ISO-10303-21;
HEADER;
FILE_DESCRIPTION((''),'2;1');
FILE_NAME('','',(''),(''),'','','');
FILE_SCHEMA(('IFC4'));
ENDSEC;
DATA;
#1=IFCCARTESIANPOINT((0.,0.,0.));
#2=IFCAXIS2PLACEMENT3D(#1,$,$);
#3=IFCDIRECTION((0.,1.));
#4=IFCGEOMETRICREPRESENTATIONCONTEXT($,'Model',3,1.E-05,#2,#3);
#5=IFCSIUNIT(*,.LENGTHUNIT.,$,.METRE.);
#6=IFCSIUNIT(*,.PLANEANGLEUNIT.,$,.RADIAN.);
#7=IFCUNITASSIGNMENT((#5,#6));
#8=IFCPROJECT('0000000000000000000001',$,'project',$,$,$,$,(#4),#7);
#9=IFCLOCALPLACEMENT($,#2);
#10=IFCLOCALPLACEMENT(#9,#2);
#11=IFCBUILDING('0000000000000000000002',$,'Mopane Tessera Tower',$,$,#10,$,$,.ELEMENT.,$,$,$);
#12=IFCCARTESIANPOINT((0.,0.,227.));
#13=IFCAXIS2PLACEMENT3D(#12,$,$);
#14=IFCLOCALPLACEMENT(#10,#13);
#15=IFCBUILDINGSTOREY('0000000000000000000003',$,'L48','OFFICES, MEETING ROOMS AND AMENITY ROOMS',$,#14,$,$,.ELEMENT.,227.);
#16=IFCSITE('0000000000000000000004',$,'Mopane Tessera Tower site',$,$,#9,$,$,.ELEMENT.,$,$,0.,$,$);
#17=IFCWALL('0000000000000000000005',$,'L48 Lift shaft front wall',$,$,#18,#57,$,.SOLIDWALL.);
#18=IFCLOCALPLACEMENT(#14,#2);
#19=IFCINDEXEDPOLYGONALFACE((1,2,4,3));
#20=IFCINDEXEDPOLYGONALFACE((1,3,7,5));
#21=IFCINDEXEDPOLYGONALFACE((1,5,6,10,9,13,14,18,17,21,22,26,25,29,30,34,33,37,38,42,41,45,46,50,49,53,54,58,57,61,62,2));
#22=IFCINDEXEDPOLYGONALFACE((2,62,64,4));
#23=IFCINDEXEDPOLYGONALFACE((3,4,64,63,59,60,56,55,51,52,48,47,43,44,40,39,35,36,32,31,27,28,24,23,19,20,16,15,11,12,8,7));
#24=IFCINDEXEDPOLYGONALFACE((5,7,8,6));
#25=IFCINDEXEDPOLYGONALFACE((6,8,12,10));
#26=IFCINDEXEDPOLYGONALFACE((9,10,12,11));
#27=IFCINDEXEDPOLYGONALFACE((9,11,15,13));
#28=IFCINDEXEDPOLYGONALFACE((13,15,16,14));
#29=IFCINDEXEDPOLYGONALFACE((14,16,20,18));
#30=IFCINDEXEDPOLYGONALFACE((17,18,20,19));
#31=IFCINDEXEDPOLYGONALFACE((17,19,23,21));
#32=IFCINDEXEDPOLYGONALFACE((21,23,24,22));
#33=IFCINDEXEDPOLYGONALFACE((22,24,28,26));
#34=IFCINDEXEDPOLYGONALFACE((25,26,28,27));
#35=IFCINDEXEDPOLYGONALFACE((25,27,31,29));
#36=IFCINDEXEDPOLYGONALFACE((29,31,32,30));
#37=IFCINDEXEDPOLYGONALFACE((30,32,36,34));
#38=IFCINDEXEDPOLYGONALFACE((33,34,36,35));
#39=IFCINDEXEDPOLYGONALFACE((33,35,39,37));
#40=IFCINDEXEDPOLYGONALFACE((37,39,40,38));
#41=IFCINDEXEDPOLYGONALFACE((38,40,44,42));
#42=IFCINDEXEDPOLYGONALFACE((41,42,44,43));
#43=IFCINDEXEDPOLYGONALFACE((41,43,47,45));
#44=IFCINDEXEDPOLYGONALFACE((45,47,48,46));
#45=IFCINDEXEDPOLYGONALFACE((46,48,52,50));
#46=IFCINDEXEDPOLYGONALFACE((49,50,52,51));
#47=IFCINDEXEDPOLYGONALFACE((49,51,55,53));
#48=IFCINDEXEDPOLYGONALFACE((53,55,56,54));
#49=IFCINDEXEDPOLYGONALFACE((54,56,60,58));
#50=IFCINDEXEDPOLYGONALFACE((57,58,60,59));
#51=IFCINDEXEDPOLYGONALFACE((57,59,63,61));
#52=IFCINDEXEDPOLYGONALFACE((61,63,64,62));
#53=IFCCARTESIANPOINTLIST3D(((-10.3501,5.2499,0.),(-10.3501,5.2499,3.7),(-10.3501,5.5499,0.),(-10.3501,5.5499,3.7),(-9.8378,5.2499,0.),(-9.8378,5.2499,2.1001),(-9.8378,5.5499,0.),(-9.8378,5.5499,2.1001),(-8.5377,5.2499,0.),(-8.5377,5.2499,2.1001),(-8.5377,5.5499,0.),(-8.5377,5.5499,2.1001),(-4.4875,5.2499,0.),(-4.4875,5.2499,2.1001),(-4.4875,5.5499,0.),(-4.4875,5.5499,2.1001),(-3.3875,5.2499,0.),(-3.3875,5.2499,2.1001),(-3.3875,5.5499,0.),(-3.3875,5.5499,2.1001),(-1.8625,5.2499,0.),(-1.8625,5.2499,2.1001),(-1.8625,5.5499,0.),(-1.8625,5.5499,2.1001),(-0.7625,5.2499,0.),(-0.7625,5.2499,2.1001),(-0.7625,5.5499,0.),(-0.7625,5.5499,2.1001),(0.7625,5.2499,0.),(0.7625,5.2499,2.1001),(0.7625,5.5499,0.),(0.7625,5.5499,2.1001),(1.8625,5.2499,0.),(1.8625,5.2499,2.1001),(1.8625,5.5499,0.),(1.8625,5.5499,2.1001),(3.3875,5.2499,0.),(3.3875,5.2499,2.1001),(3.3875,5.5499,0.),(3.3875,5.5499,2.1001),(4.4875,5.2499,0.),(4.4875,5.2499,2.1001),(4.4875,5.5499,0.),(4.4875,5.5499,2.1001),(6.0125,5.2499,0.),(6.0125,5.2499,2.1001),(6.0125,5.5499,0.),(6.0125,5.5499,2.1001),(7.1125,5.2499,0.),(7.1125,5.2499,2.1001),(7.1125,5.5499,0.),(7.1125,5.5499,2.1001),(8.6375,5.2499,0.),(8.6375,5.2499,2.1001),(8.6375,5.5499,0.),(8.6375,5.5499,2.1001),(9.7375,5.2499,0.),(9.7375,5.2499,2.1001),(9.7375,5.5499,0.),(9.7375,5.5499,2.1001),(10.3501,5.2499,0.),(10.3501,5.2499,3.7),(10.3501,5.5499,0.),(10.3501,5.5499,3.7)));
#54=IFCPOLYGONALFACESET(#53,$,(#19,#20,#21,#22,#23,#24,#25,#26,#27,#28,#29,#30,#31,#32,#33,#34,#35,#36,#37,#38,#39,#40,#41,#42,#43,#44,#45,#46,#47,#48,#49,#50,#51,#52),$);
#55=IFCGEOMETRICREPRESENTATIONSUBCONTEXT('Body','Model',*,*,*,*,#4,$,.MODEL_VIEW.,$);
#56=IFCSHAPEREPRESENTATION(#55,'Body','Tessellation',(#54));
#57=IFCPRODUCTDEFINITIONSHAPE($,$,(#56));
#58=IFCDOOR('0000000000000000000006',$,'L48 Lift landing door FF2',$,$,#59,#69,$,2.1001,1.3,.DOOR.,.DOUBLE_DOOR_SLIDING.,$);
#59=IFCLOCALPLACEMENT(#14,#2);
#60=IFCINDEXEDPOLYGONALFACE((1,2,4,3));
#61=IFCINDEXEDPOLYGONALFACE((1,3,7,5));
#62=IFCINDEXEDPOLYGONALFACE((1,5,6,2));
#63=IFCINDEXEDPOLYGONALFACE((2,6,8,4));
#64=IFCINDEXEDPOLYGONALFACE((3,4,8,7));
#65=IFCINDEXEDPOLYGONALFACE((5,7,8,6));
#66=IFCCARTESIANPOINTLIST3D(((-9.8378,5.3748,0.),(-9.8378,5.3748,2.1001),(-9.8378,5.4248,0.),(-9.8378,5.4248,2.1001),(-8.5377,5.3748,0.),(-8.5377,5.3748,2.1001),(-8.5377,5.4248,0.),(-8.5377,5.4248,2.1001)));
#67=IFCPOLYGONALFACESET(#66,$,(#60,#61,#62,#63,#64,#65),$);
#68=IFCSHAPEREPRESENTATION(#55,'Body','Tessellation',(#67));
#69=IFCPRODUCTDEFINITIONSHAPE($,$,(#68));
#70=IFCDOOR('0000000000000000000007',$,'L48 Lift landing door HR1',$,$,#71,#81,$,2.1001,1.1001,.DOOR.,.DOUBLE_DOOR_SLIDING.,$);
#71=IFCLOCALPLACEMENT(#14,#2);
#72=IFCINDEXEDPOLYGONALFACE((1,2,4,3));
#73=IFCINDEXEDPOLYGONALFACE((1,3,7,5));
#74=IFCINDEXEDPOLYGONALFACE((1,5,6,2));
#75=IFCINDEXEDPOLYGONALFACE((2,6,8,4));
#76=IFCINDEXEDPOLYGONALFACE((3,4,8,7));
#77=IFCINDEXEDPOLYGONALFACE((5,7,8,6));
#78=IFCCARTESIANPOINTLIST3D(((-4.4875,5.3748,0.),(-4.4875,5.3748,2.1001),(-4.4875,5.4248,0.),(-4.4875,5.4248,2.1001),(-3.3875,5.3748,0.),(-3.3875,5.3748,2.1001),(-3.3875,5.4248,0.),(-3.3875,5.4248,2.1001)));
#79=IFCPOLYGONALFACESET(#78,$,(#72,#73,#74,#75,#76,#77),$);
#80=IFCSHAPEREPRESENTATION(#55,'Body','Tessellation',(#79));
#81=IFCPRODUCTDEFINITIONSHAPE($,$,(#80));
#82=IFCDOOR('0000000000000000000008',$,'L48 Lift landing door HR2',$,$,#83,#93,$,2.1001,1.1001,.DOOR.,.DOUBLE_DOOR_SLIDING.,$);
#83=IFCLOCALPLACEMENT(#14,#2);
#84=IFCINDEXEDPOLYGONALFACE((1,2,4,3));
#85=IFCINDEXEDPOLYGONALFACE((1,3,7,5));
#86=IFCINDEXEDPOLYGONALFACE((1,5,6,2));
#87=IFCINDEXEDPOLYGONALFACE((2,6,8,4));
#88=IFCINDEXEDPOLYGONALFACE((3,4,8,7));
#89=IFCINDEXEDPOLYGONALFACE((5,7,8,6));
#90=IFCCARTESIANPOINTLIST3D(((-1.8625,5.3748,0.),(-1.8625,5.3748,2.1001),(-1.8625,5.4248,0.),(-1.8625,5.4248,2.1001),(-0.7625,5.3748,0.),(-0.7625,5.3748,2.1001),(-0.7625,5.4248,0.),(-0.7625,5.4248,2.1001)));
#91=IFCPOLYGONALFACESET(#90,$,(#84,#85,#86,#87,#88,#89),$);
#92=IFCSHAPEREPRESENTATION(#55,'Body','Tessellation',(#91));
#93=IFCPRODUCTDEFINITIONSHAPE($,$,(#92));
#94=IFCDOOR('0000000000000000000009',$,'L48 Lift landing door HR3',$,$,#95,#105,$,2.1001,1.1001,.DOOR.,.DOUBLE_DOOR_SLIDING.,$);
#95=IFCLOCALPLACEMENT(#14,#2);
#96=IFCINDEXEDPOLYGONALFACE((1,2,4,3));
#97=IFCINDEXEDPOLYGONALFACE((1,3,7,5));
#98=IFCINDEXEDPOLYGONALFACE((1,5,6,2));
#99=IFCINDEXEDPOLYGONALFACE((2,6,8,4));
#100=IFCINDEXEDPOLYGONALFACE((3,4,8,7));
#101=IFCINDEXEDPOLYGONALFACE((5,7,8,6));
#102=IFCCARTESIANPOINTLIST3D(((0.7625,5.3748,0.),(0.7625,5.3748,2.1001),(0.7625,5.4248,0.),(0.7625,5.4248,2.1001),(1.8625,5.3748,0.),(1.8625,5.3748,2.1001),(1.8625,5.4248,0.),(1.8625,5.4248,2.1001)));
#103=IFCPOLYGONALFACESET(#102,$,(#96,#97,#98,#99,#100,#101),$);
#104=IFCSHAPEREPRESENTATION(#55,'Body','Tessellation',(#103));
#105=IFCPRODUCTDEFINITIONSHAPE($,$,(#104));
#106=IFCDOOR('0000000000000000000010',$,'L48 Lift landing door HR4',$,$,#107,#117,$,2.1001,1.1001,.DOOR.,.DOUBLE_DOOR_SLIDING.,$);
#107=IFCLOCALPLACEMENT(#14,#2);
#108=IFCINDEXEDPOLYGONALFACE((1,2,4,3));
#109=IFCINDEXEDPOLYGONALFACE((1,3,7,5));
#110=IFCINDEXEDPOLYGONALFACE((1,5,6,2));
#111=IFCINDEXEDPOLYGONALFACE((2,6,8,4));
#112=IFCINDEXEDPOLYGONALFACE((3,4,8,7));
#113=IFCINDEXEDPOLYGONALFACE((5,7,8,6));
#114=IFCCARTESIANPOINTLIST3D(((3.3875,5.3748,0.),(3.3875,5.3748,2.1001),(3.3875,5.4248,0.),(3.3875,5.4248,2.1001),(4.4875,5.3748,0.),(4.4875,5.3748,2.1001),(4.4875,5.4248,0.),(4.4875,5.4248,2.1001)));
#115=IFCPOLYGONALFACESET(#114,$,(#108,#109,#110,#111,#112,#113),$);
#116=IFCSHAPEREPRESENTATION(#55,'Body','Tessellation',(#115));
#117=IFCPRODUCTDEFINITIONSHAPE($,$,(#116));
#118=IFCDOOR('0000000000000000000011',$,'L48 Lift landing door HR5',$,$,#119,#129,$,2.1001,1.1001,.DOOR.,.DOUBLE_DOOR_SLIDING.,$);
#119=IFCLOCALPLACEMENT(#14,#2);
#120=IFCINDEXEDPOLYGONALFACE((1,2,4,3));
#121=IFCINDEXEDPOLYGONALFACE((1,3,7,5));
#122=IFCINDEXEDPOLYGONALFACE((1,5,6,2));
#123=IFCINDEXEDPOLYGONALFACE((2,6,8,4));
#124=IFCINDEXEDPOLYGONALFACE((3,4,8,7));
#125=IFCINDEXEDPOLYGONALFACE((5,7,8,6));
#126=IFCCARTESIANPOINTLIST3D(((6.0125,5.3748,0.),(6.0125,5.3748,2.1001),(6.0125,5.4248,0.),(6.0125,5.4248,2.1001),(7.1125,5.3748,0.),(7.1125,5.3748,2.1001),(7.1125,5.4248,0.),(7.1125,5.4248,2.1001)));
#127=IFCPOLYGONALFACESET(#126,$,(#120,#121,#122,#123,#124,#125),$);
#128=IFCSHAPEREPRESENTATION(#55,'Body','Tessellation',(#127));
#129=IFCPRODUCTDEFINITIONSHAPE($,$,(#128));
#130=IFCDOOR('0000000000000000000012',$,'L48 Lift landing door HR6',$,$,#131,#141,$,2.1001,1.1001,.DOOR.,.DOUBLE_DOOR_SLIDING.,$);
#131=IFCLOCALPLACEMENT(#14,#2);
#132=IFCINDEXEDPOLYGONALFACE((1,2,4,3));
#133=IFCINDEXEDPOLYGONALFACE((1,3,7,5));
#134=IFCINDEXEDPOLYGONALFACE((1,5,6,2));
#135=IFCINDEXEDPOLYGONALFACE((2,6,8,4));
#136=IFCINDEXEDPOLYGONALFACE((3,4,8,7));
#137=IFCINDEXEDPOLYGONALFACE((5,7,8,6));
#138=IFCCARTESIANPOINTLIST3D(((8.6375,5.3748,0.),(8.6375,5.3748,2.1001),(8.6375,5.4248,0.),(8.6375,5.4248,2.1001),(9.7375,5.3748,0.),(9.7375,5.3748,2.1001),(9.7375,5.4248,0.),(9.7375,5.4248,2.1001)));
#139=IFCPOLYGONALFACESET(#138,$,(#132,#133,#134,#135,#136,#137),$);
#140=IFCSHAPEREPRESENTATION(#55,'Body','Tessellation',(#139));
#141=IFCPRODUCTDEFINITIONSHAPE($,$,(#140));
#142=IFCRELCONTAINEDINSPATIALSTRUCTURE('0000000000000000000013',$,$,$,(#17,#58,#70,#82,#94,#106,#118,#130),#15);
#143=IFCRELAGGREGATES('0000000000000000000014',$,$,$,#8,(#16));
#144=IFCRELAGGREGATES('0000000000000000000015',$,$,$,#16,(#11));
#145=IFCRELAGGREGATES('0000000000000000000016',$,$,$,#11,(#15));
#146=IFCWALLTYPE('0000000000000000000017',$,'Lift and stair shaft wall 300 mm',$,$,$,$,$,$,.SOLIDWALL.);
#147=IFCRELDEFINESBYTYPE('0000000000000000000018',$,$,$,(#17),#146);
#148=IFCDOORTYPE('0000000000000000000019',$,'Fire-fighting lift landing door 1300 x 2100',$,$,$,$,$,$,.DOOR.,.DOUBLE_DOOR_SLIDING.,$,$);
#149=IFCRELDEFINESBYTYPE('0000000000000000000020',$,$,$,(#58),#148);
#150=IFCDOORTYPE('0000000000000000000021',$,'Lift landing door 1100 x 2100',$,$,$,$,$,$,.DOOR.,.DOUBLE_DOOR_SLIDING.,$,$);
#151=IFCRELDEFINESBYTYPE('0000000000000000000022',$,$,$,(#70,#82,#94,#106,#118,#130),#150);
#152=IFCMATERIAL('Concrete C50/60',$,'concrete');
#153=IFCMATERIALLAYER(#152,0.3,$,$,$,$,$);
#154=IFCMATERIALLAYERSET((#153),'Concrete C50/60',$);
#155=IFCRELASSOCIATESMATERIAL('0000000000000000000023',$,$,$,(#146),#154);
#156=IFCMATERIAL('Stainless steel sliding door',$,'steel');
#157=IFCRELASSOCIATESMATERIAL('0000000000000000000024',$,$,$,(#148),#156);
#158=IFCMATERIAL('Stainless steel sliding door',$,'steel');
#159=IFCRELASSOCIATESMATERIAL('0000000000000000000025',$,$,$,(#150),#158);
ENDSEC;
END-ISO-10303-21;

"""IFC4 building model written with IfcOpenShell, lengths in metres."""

from ifc_helpers import new_model, si_unit, direction, frame, frame_2d, origin, place, context, subcontext, project, spatial, rectangle, extrude, material, layer, layer_set, type_object, element, fill, save


model = new_model("IFC4")

# Units and contexts
model_context = context("Model", 3, precision=1e-05, world=origin(), true_north=direction((0.0, 1.0)))
body_context = subcontext(model_context, "Body", "Model", "MODEL_VIEW")
ifc_project = project(units=[si_unit("LENGTHUNIT", "METRE"), si_unit("PLANEANGLEUNIT", "RADIAN")], contexts=[model_context])

# Site, building, storey
site_placement = place(None, origin())
site = spatial("IfcSite", under=ifc_project, at=site_placement, Name="Mopane Tessera Tower site", CompositionType="ELEMENT", RefElevation=0.0)
building_placement = place(site_placement, origin())
building = spatial("IfcBuilding", under=site, at=building_placement, Name="Mopane Tessera Tower", CompositionType="ELEMENT")
storey_placement = place(building_placement, frame((0.0, 0.0, 227.0)))
storey = spatial("IfcBuildingStorey", under=building, at=storey_placement, Name="L48", Description="OFFICES, MEETING ROOMS AND AMENITY ROOMS", CompositionType="ELEMENT", Elevation=227.0)

# Wall, openings, doors
ifc_material_1 = material(Name="Concrete C50/60", Category="concrete")
ifc_layer_1 = layer(ifc_material_1, 0.3)
ifc_layer_set_1 = layer_set([ifc_layer_1], Name="Concrete C50/60")
wall_type_1 = type_object("IfcWallType", Name="Lift and stair shaft wall 300 mm", PredefinedType="SOLIDWALL", material=ifc_layer_set_1)
ifc_material_2 = material(Name="Stainless steel sliding door", Category="steel")
door_type_1 = type_object("IfcDoorType", Name="Fire-fighting lift landing door 1300 x 2100", OperationType="DOUBLE_DOOR_SLIDING", PredefinedType="DOOR", material=ifc_material_2)
wall_1_placement = place(storey_placement, frame((-10.3501, 5.3999, 0.0), z_axis=(0.0, 0.0, 1.0), x_axis=(1.0, 0.0, 0.0)))
wall_1 = element("IfcWall", 1, at=wall_1_placement, inside=storey, type_object=wall_type_1, Name="L48 Lift shaft front wall", PredefinedType="SOLIDWALL", context=body_context, shape_type="SweptSolid", body=[
    extrude(rectangle(XDim=20.7002, YDim=0.3, at=frame_2d((10.3501, 0.0))), origin(), (0.0, 0.0, 1.0), 3.7),
])
opening_1_placement = place(wall_1_placement, frame((0.5125, 0.0, 0.0)))
opening_1 = element("IfcOpeningElement", 2, at=opening_1_placement, cuts=wall_1, PredefinedType="OPENING", context=body_context, shape_type="SweptSolid", body=[
    extrude(rectangle(XDim=1.3, YDim=2.1001, at=frame_2d((0.6499, 1.05))), frame((0.0, 0.1621, 0.0), z_axis=(0.0, -1.0, 0.0), x_axis=(1.0, 0.0, 0.0)), (0.0, 0.0, 1.0), 0.324),
])
opening_2_placement = place(wall_1_placement, frame((5.8625, 0.0, 0.0)))
opening_2 = element("IfcOpeningElement", 3, at=opening_2_placement, cuts=wall_1, PredefinedType="OPENING", context=body_context, shape_type="SweptSolid", body=[
    extrude(rectangle(XDim=1.1001, YDim=2.1001, at=frame_2d((0.55, 1.05))), frame((0.0, 0.1621, 0.0), z_axis=(0.0, -1.0, 0.0), x_axis=(1.0, 0.0, 0.0)), (0.0, 0.0, 1.0), 0.324),
])
opening_3_placement = place(wall_1_placement, frame((8.4875, 0.0, 0.0)))
opening_3 = element("IfcOpeningElement", 4, at=opening_3_placement, cuts=wall_1, PredefinedType="OPENING", context=body_context, shape_type="SweptSolid", body=[
    extrude(rectangle(XDim=1.1001, YDim=2.1001, at=frame_2d((0.55, 1.05))), frame((0.0, 0.1621, 0.0), z_axis=(0.0, -1.0, 0.0), x_axis=(1.0, 0.0, 0.0)), (0.0, 0.0, 1.0), 0.324),
])
opening_4_placement = place(wall_1_placement, frame((11.1125, 0.0, 0.0)))
opening_4 = element("IfcOpeningElement", 5, at=opening_4_placement, cuts=wall_1, PredefinedType="OPENING", context=body_context, shape_type="SweptSolid", body=[
    extrude(rectangle(XDim=1.1001, YDim=2.1001, at=frame_2d((0.55, 1.05))), frame((0.0, 0.1621, 0.0), z_axis=(0.0, -1.0, 0.0), x_axis=(1.0, 0.0, 0.0)), (0.0, 0.0, 1.0), 0.324),
])
opening_5_placement = place(wall_1_placement, frame((13.7375, 0.0, 0.0)))
opening_5 = element("IfcOpeningElement", 6, at=opening_5_placement, cuts=wall_1, PredefinedType="OPENING", context=body_context, shape_type="SweptSolid", body=[
    extrude(rectangle(XDim=1.1001, YDim=2.1001, at=frame_2d((0.55, 1.05))), frame((0.0, 0.1621, 0.0), z_axis=(0.0, -1.0, 0.0), x_axis=(1.0, 0.0, 0.0)), (0.0, 0.0, 1.0), 0.324),
])
opening_6_placement = place(wall_1_placement, frame((16.3625, 0.0, 0.0)))
opening_6 = element("IfcOpeningElement", 7, at=opening_6_placement, cuts=wall_1, PredefinedType="OPENING", context=body_context, shape_type="SweptSolid", body=[
    extrude(rectangle(XDim=1.1001, YDim=2.1001, at=frame_2d((0.55, 1.05))), frame((0.0, 0.1621, 0.0), z_axis=(0.0, -1.0, 0.0), x_axis=(1.0, 0.0, 0.0)), (0.0, 0.0, 1.0), 0.324),
])
opening_7_placement = place(wall_1_placement, frame((18.9875, 0.0, 0.0)))
opening_7 = element("IfcOpeningElement", 8, at=opening_7_placement, cuts=wall_1, PredefinedType="OPENING", context=body_context, shape_type="SweptSolid", body=[
    extrude(rectangle(XDim=1.1001, YDim=2.1001, at=frame_2d((0.55, 1.05))), frame((0.0, 0.1621, 0.0), z_axis=(0.0, -1.0, 0.0), x_axis=(1.0, 0.0, 0.0)), (0.0, 0.0, 1.0), 0.324),
])
door_1_placement = place(opening_1_placement, origin())
door_1 = element("IfcDoor", 9, at=door_1_placement, inside=storey, type_object=door_type_1, Name="L48 Lift landing door FF2", OperationType="DOUBLE_DOOR_SLIDING", OverallHeight=2.1001, OverallWidth=1.3, PredefinedType="DOOR", context=body_context, shape_type="SweptSolid", body=[
    extrude(rectangle(XDim=1.3, YDim=2.1001, at=frame_2d((0.6499, 1.05))), frame((0.0, 0.0249, 0.0), z_axis=(0.0, -1.0, 0.0), x_axis=(1.0, 0.0, 0.0)), (0.0, 0.0, 1.0), 0.05),
])
fill(opening_1, door_1)
ifc_material_3 = material(Name="Stainless steel sliding door", Category="steel")
door_type_2 = type_object("IfcDoorType", Name="Lift landing door 1100 x 2100", OperationType="DOUBLE_DOOR_SLIDING", PredefinedType="DOOR", material=ifc_material_3)
door_2_placement = place(opening_2_placement, origin())
door_2 = element("IfcDoor", 10, at=door_2_placement, inside=storey, type_object=door_type_2, Name="L48 Lift landing door HR1", OperationType="DOUBLE_DOOR_SLIDING", OverallHeight=2.1001, OverallWidth=1.1001, PredefinedType="DOOR", context=body_context, shape_type="SweptSolid", body=[
    extrude(rectangle(XDim=1.1001, YDim=2.1001, at=frame_2d((0.55, 1.05))), frame((0.0, 0.0249, 0.0), z_axis=(0.0, -1.0, 0.0), x_axis=(1.0, 0.0, 0.0)), (0.0, 0.0, 1.0), 0.05),
])
fill(opening_2, door_2)
door_3_placement = place(opening_3_placement, origin())
door_3 = element("IfcDoor", 11, at=door_3_placement, inside=storey, type_object=door_type_2, Name="L48 Lift landing door HR2", OperationType="DOUBLE_DOOR_SLIDING", OverallHeight=2.1001, OverallWidth=1.1001, PredefinedType="DOOR", context=body_context, shape_type="SweptSolid", body=[
    extrude(rectangle(XDim=1.1001, YDim=2.1001, at=frame_2d((0.55, 1.05))), frame((0.0, 0.0249, 0.0), z_axis=(0.0, -1.0, 0.0), x_axis=(1.0, 0.0, 0.0)), (0.0, 0.0, 1.0), 0.05),
])
fill(opening_3, door_3)
door_4_placement = place(opening_4_placement, origin())
door_4 = element("IfcDoor", 12, at=door_4_placement, inside=storey, type_object=door_type_2, Name="L48 Lift landing door HR3", OperationType="DOUBLE_DOOR_SLIDING", OverallHeight=2.1001, OverallWidth=1.1001, PredefinedType="DOOR", context=body_context, shape_type="SweptSolid", body=[
    extrude(rectangle(XDim=1.1001, YDim=2.1001, at=frame_2d((0.55, 1.05))), frame((0.0, 0.0249, 0.0), z_axis=(0.0, -1.0, 0.0), x_axis=(1.0, 0.0, 0.0)), (0.0, 0.0, 1.0), 0.05),
])
fill(opening_4, door_4)
door_5_placement = place(opening_5_placement, origin())
door_5 = element("IfcDoor", 13, at=door_5_placement, inside=storey, type_object=door_type_2, Name="L48 Lift landing door HR4", OperationType="DOUBLE_DOOR_SLIDING", OverallHeight=2.1001, OverallWidth=1.1001, PredefinedType="DOOR", context=body_context, shape_type="SweptSolid", body=[
    extrude(rectangle(XDim=1.1001, YDim=2.1001, at=frame_2d((0.55, 1.05))), frame((0.0, 0.0249, 0.0), z_axis=(0.0, -1.0, 0.0), x_axis=(1.0, 0.0, 0.0)), (0.0, 0.0, 1.0), 0.05),
])
fill(opening_5, door_5)
door_6_placement = place(opening_6_placement, origin())
door_6 = element("IfcDoor", 14, at=door_6_placement, inside=storey, type_object=door_type_2, Name="L48 Lift landing door HR5", OperationType="DOUBLE_DOOR_SLIDING", OverallHeight=2.1001, OverallWidth=1.1001, PredefinedType="DOOR", context=body_context, shape_type="SweptSolid", body=[
    extrude(rectangle(XDim=1.1001, YDim=2.1001, at=frame_2d((0.55, 1.05))), frame((0.0, 0.0249, 0.0), z_axis=(0.0, -1.0, 0.0), x_axis=(1.0, 0.0, 0.0)), (0.0, 0.0, 1.0), 0.05),
])
fill(opening_6, door_6)
door_7_placement = place(opening_7_placement, origin())
door_7 = element("IfcDoor", 15, at=door_7_placement, inside=storey, type_object=door_type_2, Name="L48 Lift landing door HR6", OperationType="DOUBLE_DOOR_SLIDING", OverallHeight=2.1001, OverallWidth=1.1001, PredefinedType="DOOR", context=body_context, shape_type="SweptSolid", body=[
    extrude(rectangle(XDim=1.1001, YDim=2.1001, at=frame_2d((0.55, 1.05))), frame((0.0, 0.0249, 0.0), z_axis=(0.0, -1.0, 0.0), x_axis=(1.0, 0.0, 0.0)), (0.0, 0.0, 1.0), 0.05),
])
fill(opening_7, door_7)

save(model, "model.ifc")
